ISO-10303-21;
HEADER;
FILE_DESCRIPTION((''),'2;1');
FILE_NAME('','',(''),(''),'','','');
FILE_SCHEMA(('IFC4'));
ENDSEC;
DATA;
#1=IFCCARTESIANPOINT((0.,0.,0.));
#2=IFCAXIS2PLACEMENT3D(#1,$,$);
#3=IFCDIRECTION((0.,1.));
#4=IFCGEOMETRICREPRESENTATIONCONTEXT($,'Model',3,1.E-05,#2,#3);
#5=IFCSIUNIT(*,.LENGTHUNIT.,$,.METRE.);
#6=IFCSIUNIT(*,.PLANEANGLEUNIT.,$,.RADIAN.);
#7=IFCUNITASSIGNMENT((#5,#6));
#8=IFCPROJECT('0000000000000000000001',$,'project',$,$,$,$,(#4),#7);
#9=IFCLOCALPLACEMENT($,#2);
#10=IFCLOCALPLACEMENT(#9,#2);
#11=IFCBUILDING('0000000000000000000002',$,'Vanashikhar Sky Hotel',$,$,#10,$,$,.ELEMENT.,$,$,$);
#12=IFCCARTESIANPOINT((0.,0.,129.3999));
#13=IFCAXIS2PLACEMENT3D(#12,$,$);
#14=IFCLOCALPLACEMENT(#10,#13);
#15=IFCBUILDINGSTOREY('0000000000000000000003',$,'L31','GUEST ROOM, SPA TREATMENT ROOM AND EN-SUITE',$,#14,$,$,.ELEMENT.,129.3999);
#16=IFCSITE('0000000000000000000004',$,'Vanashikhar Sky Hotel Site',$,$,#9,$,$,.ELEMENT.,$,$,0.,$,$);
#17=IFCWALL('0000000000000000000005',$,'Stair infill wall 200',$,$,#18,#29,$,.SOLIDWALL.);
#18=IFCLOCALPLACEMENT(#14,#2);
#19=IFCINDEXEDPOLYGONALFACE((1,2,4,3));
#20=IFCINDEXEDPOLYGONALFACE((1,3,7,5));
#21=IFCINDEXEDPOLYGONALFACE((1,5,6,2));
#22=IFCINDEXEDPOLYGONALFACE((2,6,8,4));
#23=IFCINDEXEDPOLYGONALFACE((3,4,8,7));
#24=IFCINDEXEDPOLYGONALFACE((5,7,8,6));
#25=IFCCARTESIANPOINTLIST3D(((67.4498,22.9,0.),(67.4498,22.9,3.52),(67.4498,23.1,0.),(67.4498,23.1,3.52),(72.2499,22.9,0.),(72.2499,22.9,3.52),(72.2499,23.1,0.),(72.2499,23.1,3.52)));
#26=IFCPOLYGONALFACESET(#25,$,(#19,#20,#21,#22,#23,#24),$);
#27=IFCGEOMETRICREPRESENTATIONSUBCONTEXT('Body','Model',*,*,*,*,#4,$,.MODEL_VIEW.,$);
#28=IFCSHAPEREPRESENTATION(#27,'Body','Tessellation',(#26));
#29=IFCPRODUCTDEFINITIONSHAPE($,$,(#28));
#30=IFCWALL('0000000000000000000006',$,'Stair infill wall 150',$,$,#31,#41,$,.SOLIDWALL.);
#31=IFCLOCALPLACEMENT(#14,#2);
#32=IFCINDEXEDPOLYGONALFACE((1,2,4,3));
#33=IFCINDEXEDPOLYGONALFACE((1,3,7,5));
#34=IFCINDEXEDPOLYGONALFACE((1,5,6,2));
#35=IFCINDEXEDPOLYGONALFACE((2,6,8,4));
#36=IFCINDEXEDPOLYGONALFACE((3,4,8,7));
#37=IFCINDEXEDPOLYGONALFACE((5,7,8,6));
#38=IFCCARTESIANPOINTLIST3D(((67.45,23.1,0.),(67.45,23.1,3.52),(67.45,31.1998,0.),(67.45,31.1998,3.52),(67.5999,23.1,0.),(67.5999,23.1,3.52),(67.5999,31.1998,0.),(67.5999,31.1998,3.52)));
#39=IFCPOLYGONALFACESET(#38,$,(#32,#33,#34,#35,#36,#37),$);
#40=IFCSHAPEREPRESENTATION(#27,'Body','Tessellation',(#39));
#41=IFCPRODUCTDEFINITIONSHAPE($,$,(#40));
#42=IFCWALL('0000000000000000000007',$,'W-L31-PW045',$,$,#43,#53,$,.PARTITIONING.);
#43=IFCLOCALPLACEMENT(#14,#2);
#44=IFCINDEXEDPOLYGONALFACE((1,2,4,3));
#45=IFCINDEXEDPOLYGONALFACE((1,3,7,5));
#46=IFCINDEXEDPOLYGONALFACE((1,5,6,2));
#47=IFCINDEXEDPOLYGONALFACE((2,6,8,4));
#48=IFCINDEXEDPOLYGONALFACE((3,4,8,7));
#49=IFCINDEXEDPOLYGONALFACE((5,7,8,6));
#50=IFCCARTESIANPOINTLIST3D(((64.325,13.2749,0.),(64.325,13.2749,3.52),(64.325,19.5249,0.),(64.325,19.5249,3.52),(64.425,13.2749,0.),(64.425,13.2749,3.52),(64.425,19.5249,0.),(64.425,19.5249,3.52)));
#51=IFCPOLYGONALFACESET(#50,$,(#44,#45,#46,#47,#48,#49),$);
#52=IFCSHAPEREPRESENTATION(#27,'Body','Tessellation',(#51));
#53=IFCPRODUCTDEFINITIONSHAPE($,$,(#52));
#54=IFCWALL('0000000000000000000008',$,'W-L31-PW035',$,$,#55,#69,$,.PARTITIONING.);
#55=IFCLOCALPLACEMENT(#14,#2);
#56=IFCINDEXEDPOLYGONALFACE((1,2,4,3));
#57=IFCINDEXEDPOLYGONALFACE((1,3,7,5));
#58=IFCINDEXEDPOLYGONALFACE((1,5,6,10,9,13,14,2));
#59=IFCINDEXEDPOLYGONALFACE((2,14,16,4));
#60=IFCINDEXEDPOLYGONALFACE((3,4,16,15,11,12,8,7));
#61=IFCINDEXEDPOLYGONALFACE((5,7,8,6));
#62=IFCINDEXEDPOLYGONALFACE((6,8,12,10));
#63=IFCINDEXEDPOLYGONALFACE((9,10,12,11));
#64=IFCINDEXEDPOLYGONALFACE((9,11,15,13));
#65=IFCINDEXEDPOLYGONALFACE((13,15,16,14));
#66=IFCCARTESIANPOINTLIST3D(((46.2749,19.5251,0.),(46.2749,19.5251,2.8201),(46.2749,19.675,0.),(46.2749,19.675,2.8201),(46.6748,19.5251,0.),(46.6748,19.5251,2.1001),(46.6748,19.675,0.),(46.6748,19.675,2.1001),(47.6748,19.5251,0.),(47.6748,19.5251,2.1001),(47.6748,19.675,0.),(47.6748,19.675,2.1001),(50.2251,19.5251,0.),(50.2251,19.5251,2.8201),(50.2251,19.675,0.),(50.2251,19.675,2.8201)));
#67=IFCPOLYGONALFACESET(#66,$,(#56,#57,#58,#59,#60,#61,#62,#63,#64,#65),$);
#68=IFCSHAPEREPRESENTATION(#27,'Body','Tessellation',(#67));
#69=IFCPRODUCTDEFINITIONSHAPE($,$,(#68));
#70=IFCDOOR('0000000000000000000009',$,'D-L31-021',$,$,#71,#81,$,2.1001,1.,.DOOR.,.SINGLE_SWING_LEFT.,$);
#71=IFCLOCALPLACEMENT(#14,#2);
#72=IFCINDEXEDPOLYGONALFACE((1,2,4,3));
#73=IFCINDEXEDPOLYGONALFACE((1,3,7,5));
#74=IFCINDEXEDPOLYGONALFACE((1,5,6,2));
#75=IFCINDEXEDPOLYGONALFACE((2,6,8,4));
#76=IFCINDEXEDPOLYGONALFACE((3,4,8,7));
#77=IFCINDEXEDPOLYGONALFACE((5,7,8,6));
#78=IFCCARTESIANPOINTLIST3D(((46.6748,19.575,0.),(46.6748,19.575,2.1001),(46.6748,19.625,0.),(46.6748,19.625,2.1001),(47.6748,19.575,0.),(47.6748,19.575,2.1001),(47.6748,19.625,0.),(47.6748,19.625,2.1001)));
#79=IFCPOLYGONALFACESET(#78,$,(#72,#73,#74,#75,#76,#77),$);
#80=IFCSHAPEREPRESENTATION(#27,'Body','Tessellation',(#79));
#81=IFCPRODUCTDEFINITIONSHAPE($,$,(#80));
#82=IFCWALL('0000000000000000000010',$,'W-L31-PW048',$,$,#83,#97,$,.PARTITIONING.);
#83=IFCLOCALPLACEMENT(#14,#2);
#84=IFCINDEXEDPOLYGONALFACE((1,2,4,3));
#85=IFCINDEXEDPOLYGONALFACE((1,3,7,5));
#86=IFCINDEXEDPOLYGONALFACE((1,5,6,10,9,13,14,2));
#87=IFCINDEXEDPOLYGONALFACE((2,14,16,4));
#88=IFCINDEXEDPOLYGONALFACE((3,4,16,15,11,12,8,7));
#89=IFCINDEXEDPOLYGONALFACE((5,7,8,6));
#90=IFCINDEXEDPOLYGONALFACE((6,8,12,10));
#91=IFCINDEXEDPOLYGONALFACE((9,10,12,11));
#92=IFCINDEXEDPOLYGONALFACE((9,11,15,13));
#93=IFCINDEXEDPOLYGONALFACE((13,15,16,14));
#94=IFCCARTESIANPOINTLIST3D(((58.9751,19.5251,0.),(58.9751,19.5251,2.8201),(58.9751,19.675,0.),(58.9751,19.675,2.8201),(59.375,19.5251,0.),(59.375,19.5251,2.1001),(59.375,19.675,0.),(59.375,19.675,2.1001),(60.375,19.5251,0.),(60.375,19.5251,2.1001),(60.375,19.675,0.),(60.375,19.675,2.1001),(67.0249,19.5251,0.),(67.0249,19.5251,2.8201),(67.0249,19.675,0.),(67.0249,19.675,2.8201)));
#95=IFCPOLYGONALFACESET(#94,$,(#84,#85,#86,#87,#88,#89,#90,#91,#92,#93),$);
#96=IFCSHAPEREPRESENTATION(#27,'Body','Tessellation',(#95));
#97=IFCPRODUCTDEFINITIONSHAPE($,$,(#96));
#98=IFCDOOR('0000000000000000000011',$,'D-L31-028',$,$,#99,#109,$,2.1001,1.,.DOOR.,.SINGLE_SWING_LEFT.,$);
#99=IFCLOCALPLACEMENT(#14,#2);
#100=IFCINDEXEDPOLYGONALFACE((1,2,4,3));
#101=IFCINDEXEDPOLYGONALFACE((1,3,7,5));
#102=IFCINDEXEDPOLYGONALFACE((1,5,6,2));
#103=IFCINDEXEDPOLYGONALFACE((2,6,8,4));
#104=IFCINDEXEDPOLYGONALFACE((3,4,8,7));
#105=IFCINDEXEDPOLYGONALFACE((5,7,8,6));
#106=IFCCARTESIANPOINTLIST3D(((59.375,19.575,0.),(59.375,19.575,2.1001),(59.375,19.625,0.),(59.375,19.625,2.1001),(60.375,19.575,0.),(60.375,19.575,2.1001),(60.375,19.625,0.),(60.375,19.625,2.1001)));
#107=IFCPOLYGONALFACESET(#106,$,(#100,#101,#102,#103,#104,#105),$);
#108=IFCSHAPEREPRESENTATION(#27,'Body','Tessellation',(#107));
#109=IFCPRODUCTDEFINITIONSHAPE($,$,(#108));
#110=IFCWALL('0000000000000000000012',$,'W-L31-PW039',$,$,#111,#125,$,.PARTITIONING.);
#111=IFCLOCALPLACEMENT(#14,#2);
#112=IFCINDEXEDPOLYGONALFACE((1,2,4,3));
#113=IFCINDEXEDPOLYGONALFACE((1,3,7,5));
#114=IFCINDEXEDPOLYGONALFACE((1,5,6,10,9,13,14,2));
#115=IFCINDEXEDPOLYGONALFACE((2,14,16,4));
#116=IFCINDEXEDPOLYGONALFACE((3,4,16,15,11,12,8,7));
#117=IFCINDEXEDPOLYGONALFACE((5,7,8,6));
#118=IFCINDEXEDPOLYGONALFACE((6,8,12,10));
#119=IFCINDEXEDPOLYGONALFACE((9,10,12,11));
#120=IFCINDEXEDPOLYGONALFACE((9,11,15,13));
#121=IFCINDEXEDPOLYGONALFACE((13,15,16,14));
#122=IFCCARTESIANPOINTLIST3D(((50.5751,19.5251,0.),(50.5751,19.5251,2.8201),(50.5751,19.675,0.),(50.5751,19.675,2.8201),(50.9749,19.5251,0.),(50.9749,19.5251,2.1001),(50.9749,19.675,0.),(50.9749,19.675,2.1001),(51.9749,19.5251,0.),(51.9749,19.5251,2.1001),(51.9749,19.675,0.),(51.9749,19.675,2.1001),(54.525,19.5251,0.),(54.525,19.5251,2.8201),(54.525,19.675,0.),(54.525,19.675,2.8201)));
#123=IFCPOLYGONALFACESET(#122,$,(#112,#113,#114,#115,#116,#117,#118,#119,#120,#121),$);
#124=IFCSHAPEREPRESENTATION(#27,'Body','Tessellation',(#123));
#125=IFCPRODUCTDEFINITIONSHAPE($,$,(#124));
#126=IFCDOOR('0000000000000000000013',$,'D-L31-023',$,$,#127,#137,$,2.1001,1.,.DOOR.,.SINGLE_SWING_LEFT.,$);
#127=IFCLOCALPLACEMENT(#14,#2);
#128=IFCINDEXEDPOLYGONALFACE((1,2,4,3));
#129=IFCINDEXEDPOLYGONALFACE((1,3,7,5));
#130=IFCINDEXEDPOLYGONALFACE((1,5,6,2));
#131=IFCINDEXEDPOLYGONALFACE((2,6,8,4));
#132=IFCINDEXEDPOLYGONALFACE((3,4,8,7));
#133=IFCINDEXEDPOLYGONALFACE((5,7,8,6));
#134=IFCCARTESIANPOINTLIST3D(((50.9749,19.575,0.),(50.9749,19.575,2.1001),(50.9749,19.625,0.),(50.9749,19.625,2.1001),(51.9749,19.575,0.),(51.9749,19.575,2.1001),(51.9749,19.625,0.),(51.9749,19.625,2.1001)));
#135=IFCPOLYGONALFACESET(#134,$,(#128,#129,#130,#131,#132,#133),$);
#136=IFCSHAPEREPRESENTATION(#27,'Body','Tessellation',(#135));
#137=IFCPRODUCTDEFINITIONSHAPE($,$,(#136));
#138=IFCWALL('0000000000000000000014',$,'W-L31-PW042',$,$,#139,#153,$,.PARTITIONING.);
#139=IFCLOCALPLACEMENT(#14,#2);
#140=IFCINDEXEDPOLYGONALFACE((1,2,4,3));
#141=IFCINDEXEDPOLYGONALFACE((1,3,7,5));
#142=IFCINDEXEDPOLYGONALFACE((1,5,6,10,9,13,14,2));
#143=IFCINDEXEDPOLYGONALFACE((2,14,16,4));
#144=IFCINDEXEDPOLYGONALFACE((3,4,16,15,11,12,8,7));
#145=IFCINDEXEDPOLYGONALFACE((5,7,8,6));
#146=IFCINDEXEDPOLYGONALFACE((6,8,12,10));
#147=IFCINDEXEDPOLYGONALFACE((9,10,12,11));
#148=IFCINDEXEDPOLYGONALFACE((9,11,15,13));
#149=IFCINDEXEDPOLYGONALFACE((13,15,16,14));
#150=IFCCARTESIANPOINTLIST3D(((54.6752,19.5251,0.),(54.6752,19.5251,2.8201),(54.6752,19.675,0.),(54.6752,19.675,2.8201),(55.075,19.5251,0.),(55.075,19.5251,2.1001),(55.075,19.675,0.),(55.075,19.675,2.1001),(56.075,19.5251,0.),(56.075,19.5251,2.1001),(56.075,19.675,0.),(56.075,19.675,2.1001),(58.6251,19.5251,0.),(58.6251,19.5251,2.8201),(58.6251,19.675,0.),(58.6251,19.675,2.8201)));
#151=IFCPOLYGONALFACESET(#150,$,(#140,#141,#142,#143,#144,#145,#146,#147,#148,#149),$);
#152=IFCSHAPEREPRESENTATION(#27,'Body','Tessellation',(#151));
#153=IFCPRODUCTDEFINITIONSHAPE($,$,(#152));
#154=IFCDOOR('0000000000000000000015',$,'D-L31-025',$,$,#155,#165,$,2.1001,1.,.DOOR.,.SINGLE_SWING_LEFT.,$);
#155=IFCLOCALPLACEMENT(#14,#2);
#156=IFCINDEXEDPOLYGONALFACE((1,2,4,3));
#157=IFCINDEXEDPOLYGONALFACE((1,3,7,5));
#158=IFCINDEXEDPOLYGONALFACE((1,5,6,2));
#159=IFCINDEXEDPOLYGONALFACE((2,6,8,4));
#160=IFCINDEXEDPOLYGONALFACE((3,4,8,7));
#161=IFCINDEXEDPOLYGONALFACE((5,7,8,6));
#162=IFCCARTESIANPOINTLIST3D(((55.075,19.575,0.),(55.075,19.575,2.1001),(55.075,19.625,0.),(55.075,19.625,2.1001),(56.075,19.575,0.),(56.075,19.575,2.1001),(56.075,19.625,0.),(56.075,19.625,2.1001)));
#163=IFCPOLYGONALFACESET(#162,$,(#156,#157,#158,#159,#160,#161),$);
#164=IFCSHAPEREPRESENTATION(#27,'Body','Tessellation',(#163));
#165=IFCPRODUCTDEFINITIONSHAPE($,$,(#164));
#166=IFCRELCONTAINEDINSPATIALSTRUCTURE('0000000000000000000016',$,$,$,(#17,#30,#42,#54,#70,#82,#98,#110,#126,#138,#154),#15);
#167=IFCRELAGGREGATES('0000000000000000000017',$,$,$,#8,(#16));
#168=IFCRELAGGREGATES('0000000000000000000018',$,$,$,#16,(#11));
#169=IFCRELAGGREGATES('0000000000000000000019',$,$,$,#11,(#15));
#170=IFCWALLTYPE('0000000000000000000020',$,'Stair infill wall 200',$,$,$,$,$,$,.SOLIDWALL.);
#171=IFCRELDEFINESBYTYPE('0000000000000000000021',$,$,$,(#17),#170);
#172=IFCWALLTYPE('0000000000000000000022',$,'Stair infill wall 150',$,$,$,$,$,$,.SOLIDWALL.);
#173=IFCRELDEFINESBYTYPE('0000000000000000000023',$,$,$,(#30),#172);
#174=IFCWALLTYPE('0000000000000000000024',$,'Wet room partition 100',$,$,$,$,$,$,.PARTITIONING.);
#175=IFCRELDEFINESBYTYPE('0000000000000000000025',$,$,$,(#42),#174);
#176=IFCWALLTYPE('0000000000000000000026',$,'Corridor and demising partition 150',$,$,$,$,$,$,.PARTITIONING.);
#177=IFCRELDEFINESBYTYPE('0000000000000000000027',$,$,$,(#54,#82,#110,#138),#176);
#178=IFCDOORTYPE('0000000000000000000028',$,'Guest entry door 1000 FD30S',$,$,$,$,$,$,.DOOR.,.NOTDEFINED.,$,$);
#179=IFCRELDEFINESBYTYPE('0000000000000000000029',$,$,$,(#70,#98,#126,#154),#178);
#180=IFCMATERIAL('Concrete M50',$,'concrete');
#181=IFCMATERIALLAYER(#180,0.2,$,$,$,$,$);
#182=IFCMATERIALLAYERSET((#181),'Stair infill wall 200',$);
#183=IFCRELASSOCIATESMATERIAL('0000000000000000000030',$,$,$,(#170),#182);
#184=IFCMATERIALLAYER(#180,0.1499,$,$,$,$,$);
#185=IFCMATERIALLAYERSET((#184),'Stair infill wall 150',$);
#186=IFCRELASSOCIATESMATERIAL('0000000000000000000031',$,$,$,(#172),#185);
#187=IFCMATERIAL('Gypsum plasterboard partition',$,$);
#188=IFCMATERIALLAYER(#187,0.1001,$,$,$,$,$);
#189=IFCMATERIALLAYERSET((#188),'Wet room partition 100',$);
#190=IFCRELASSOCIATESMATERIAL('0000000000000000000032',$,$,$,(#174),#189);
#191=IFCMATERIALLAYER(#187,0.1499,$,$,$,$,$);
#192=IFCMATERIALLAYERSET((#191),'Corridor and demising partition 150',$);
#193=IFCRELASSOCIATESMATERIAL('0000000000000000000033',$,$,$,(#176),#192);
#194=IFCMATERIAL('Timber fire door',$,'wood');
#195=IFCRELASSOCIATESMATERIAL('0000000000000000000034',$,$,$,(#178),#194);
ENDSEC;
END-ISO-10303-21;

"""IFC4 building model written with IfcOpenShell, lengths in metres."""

from ifc_helpers import new_model, si_unit, direction, frame, frame_2d, origin, place, context, subcontext, project, spatial, rectangle, extrude, source, transform, mapped, material, layer, layer_set, type_object, element, fill, save


model = new_model("IFC4")

# Units and contexts
model_context = context("Model", 3, precision=1e-05, world=origin(), true_north=direction((0.0, 1.0)))
body_context = subcontext(model_context, "Body", "Model", "MODEL_VIEW")
ifc_project = project(units=[si_unit("LENGTHUNIT", "METRE"), si_unit("PLANEANGLEUNIT", "RADIAN")], contexts=[model_context])

# Site, building, storey
site_placement = place(None, origin())
site = spatial("IfcSite", under=ifc_project, at=site_placement, Name="Vanashikhar Sky Hotel Site", CompositionType="ELEMENT", RefElevation=0.0)
building_placement = place(site_placement, origin())
building = spatial("IfcBuilding", under=site, at=building_placement, Name="Vanashikhar Sky Hotel", CompositionType="ELEMENT")
storey_placement = place(building_placement, frame((0.0, 0.0, 129.3999)))
storey = spatial("IfcBuildingStorey", under=building, at=storey_placement, Name="L31", Description="GUEST ROOM, SPA TREATMENT ROOM AND EN-SUITE", CompositionType="ELEMENT", Elevation=129.3999)

# Shared definitions
ifc_material_1 = material(Name="Concrete M50", Category="concrete")

# Walls
ifc_layer_1 = layer(ifc_material_1, 0.2)
ifc_layer_set_1 = layer_set([ifc_layer_1], Name="Stair infill wall 200")
wall_type_1 = type_object("IfcWallType", Name="Stair infill wall 200", PredefinedType="SOLIDWALL", material=ifc_layer_set_1)
shared_shape_1 = source(origin(), body_context, "Body", "SweptSolid", [
    extrude(rectangle(XDim=4.8, YDim=0.2, at=frame_2d((2.3999, 0.0))), origin(), (0.0, 0.0, 1.0), 3.52),
])
wall_1_placement = place(storey_placement, frame((67.45, 23.0, 0.0), z_axis=(0.0, 0.0, 1.0), x_axis=(1.0, 0.0, 0.0)))
element("IfcWall", 1, at=wall_1_placement, inside=storey, type_object=wall_type_1, Name="Stair infill wall 200", PredefinedType="SOLIDWALL", context=body_context, shape_type="MappedRepresentation", body=[
    mapped(shared_shape_1, transform((0.0, 0.0, 0.0), scale=1.0)),
])
ifc_layer_2 = layer(ifc_material_1, 0.1499)
ifc_layer_set_2 = layer_set([ifc_layer_2], Name="Stair infill wall 150")
wall_type_2 = type_object("IfcWallType", Name="Stair infill wall 150", PredefinedType="SOLIDWALL", material=ifc_layer_set_2)
shared_shape_2 = source(origin(), body_context, "Body", "SweptSolid", [
    extrude(rectangle(XDim=8.0999, YDim=0.1499, at=frame_2d((4.0498, 0.0))), origin(), (0.0, 0.0, 1.0), 3.52),
])
wall_2_placement = place(storey_placement, frame((67.5249, 23.1001, 0.0), z_axis=(0.0, 0.0, 1.0), x_axis=(0.0, 1.0, 0.0)))
element("IfcWall", 2, at=wall_2_placement, inside=storey, type_object=wall_type_2, Name="Stair infill wall 150", PredefinedType="SOLIDWALL", context=body_context, shape_type="MappedRepresentation", body=[
    mapped(shared_shape_2, transform((0.0, 0.0, 0.0), scale=1.0)),
])
ifc_material_2 = material(Name="Gypsum plasterboard partition")
ifc_layer_3 = layer(ifc_material_2, 0.1001)
ifc_layer_set_3 = layer_set([ifc_layer_3], Name="Wet room partition 100")
wall_type_3 = type_object("IfcWallType", Name="Wet room partition 100", PredefinedType="PARTITIONING", material=ifc_layer_set_3)
shared_shape_3 = source(origin(), body_context, "Body", "SweptSolid", [
    extrude(rectangle(XDim=6.25, YDim=0.1001, at=frame_2d((3.125, 0.0))), origin(), (0.0, 0.0, 1.0), 3.52),
])
wall_3_placement = place(storey_placement, frame((64.375, 13.2749, 0.0), z_axis=(0.0, 0.0, 1.0), x_axis=(0.0, 1.0, 0.0)))
element("IfcWall", 3, at=wall_3_placement, inside=storey, type_object=wall_type_3, Name="W-L31-PW045", PredefinedType="PARTITIONING", context=body_context, shape_type="MappedRepresentation", body=[
    mapped(shared_shape_3, transform((0.0, 0.0, 0.0), scale=1.0)),
])

# Walls, openings, doors
ifc_layer_4 = layer(ifc_material_2, 0.1499)
ifc_layer_set_4 = layer_set([ifc_layer_4], Name="Corridor and demising partition 150")
wall_type_4 = type_object("IfcWallType", Name="Corridor and demising partition 150", PredefinedType="PARTITIONING", material=ifc_layer_set_4)
shared_shape_4 = source(origin(), body_context, "Body", "SweptSolid", [
    extrude(rectangle(XDim=3.9502, YDim=0.1499, at=frame_2d((1.9751, 0.0))), origin(), (0.0, 0.0, 1.0), 2.8201),
])
wall_4_placement = place(storey_placement, frame((46.2749, 19.6001, 0.0), z_axis=(0.0, 0.0, 1.0), x_axis=(1.0, 0.0, 0.0)))
wall_4 = element("IfcWall", 4, at=wall_4_placement, inside=storey, type_object=wall_type_4, Name="W-L31-PW035", PredefinedType="PARTITIONING", context=body_context, shape_type="MappedRepresentation", body=[
    mapped(shared_shape_4, transform((0.0, 0.0, 0.0), scale=1.0)),
])
shared_shape_5 = source(origin(), body_context, "Body", "SweptSolid", [
    extrude(rectangle(XDim=1.0, YDim=2.1001, at=frame_2d((0.5, 1.05))), frame((0.0, 0.085, 0.0), z_axis=(0.0, -1.0, 0.0), x_axis=(1.0, 0.0, 0.0)), (0.0, 0.0, 1.0), 0.1699),
])
opening_1_placement = place(wall_4_placement, frame((0.3999, 0.0, 0.0)))
opening_1 = element("IfcOpeningElement", 5, at=opening_1_placement, cuts=wall_4, PredefinedType="OPENING", context=body_context, shape_type="MappedRepresentation", body=[
    mapped(shared_shape_5, transform((0.0, 0.0, 0.0), scale=1.0)),
])
ifc_material_3 = material(Name="Timber fire door", Category="wood")
door_type_1 = type_object("IfcDoorType", Name="Guest entry door 1000 FD30S", OperationType="NOTDEFINED", PredefinedType="DOOR", material=ifc_material_3)
shared_shape_6 = source(origin(), body_context, "Body", "SweptSolid", [
    extrude(rectangle(XDim=1.0, YDim=2.1001, at=frame_2d((0.5, 1.05))), frame((0.0, 0.0249, 0.0), z_axis=(0.0, -1.0, 0.0), x_axis=(1.0, 0.0, 0.0)), (0.0, 0.0, 1.0), 0.05),
])
door_1_placement = place(opening_1_placement, origin())
door_1 = element("IfcDoor", 6, at=door_1_placement, inside=storey, type_object=door_type_1, Name="D-L31-021", OperationType="SINGLE_SWING_LEFT", OverallHeight=2.1001, OverallWidth=1.0, PredefinedType="DOOR", context=body_context, shape_type="MappedRepresentation", body=[
    mapped(shared_shape_6, transform((0.0, 0.0, 0.0), scale=1.0)),
])
fill(opening_1, door_1)
shared_shape_7 = source(origin(), body_context, "Body", "SweptSolid", [
    extrude(rectangle(XDim=8.0498, YDim=0.1499, at=frame_2d((4.0249, 0.0))), origin(), (0.0, 0.0, 1.0), 2.8201),
])
wall_5_placement = place(storey_placement, frame((58.9751, 19.6001, 0.0), z_axis=(0.0, 0.0, 1.0), x_axis=(1.0, 0.0, 0.0)))
wall_5 = element("IfcWall", 7, at=wall_5_placement, inside=storey, type_object=wall_type_4, Name="W-L31-PW048", PredefinedType="PARTITIONING", context=body_context, shape_type="MappedRepresentation", body=[
    mapped(shared_shape_7, transform((0.0, 0.0, 0.0), scale=1.0)),
])
opening_2_placement = place(wall_5_placement, frame((0.3999, 0.0, 0.0)))
opening_2 = element("IfcOpeningElement", 8, at=opening_2_placement, cuts=wall_5, PredefinedType="OPENING", context=body_context, shape_type="MappedRepresentation", body=[
    mapped(shared_shape_5, transform((0.0, 0.0, 0.0), scale=1.0)),
])
door_2_placement = place(opening_2_placement, origin())
door_2 = element("IfcDoor", 9, at=door_2_placement, inside=storey, type_object=door_type_1, Name="D-L31-028", OperationType="SINGLE_SWING_LEFT", OverallHeight=2.1001, OverallWidth=1.0, PredefinedType="DOOR", context=body_context, shape_type="MappedRepresentation", body=[
    mapped(shared_shape_6, transform((0.0, 0.0, 0.0), scale=1.0)),
])
fill(opening_2, door_2)
shared_shape_8 = source(origin(), body_context, "Body", "SweptSolid", [
    extrude(rectangle(XDim=3.95, YDim=0.1499, at=frame_2d((1.9751, 0.0))), origin(), (0.0, 0.0, 1.0), 2.8201),
])
wall_6_placement = place(storey_placement, frame((50.575, 19.6001, 0.0), z_axis=(0.0, 0.0, 1.0), x_axis=(1.0, 0.0, 0.0)))
wall_6 = element("IfcWall", 10, at=wall_6_placement, inside=storey, type_object=wall_type_4, Name="W-L31-PW039", PredefinedType="PARTITIONING", context=body_context, shape_type="MappedRepresentation", body=[
    mapped(shared_shape_8, transform((0.0, 0.0, 0.0), scale=1.0)),
])
opening_3_placement = place(wall_6_placement, frame((0.3999, 0.0, 0.0)))
opening_3 = element("IfcOpeningElement", 11, at=opening_3_placement, cuts=wall_6, PredefinedType="OPENING", context=body_context, shape_type="MappedRepresentation", body=[
    mapped(shared_shape_5, transform((0.0, 0.0, 0.0), scale=1.0)),
])
door_3_placement = place(opening_3_placement, origin())
door_3 = element("IfcDoor", 12, at=door_3_placement, inside=storey, type_object=door_type_1, Name="D-L31-023", OperationType="SINGLE_SWING_LEFT", OverallHeight=2.1001, OverallWidth=1.0, PredefinedType="DOOR", context=body_context, shape_type="MappedRepresentation", body=[
    mapped(shared_shape_6, transform((0.0, 0.0, 0.0), scale=1.0)),
])
fill(opening_3, door_3)
wall_7_placement = place(storey_placement, frame((54.675, 19.6001, 0.0), z_axis=(0.0, 0.0, 1.0), x_axis=(1.0, 0.0, 0.0)))
wall_7 = element("IfcWall", 13, at=wall_7_placement, inside=storey, type_object=wall_type_4, Name="W-L31-PW042", PredefinedType="PARTITIONING", context=body_context, shape_type="MappedRepresentation", body=[
    mapped(shared_shape_8, transform((0.0, 0.0, 0.0), scale=1.0)),
])
opening_4_placement = place(wall_7_placement, frame((0.3999, 0.0, 0.0)))
opening_4 = element("IfcOpeningElement", 14, at=opening_4_placement, cuts=wall_7, PredefinedType="OPENING", context=body_context, shape_type="MappedRepresentation", body=[
    mapped(shared_shape_5, transform((0.0, 0.0, 0.0), scale=1.0)),
])
door_4_placement = place(opening_4_placement, origin())
door_4 = element("IfcDoor", 15, at=door_4_placement, inside=storey, type_object=door_type_1, Name="D-L31-025", OperationType="SINGLE_SWING_LEFT", OverallHeight=2.1001, OverallWidth=1.0, PredefinedType="DOOR", context=body_context, shape_type="MappedRepresentation", body=[
    mapped(shared_shape_6, transform((0.0, 0.0, 0.0), scale=1.0)),
])
fill(opening_4, door_4)

save(model, "model.ifc")
